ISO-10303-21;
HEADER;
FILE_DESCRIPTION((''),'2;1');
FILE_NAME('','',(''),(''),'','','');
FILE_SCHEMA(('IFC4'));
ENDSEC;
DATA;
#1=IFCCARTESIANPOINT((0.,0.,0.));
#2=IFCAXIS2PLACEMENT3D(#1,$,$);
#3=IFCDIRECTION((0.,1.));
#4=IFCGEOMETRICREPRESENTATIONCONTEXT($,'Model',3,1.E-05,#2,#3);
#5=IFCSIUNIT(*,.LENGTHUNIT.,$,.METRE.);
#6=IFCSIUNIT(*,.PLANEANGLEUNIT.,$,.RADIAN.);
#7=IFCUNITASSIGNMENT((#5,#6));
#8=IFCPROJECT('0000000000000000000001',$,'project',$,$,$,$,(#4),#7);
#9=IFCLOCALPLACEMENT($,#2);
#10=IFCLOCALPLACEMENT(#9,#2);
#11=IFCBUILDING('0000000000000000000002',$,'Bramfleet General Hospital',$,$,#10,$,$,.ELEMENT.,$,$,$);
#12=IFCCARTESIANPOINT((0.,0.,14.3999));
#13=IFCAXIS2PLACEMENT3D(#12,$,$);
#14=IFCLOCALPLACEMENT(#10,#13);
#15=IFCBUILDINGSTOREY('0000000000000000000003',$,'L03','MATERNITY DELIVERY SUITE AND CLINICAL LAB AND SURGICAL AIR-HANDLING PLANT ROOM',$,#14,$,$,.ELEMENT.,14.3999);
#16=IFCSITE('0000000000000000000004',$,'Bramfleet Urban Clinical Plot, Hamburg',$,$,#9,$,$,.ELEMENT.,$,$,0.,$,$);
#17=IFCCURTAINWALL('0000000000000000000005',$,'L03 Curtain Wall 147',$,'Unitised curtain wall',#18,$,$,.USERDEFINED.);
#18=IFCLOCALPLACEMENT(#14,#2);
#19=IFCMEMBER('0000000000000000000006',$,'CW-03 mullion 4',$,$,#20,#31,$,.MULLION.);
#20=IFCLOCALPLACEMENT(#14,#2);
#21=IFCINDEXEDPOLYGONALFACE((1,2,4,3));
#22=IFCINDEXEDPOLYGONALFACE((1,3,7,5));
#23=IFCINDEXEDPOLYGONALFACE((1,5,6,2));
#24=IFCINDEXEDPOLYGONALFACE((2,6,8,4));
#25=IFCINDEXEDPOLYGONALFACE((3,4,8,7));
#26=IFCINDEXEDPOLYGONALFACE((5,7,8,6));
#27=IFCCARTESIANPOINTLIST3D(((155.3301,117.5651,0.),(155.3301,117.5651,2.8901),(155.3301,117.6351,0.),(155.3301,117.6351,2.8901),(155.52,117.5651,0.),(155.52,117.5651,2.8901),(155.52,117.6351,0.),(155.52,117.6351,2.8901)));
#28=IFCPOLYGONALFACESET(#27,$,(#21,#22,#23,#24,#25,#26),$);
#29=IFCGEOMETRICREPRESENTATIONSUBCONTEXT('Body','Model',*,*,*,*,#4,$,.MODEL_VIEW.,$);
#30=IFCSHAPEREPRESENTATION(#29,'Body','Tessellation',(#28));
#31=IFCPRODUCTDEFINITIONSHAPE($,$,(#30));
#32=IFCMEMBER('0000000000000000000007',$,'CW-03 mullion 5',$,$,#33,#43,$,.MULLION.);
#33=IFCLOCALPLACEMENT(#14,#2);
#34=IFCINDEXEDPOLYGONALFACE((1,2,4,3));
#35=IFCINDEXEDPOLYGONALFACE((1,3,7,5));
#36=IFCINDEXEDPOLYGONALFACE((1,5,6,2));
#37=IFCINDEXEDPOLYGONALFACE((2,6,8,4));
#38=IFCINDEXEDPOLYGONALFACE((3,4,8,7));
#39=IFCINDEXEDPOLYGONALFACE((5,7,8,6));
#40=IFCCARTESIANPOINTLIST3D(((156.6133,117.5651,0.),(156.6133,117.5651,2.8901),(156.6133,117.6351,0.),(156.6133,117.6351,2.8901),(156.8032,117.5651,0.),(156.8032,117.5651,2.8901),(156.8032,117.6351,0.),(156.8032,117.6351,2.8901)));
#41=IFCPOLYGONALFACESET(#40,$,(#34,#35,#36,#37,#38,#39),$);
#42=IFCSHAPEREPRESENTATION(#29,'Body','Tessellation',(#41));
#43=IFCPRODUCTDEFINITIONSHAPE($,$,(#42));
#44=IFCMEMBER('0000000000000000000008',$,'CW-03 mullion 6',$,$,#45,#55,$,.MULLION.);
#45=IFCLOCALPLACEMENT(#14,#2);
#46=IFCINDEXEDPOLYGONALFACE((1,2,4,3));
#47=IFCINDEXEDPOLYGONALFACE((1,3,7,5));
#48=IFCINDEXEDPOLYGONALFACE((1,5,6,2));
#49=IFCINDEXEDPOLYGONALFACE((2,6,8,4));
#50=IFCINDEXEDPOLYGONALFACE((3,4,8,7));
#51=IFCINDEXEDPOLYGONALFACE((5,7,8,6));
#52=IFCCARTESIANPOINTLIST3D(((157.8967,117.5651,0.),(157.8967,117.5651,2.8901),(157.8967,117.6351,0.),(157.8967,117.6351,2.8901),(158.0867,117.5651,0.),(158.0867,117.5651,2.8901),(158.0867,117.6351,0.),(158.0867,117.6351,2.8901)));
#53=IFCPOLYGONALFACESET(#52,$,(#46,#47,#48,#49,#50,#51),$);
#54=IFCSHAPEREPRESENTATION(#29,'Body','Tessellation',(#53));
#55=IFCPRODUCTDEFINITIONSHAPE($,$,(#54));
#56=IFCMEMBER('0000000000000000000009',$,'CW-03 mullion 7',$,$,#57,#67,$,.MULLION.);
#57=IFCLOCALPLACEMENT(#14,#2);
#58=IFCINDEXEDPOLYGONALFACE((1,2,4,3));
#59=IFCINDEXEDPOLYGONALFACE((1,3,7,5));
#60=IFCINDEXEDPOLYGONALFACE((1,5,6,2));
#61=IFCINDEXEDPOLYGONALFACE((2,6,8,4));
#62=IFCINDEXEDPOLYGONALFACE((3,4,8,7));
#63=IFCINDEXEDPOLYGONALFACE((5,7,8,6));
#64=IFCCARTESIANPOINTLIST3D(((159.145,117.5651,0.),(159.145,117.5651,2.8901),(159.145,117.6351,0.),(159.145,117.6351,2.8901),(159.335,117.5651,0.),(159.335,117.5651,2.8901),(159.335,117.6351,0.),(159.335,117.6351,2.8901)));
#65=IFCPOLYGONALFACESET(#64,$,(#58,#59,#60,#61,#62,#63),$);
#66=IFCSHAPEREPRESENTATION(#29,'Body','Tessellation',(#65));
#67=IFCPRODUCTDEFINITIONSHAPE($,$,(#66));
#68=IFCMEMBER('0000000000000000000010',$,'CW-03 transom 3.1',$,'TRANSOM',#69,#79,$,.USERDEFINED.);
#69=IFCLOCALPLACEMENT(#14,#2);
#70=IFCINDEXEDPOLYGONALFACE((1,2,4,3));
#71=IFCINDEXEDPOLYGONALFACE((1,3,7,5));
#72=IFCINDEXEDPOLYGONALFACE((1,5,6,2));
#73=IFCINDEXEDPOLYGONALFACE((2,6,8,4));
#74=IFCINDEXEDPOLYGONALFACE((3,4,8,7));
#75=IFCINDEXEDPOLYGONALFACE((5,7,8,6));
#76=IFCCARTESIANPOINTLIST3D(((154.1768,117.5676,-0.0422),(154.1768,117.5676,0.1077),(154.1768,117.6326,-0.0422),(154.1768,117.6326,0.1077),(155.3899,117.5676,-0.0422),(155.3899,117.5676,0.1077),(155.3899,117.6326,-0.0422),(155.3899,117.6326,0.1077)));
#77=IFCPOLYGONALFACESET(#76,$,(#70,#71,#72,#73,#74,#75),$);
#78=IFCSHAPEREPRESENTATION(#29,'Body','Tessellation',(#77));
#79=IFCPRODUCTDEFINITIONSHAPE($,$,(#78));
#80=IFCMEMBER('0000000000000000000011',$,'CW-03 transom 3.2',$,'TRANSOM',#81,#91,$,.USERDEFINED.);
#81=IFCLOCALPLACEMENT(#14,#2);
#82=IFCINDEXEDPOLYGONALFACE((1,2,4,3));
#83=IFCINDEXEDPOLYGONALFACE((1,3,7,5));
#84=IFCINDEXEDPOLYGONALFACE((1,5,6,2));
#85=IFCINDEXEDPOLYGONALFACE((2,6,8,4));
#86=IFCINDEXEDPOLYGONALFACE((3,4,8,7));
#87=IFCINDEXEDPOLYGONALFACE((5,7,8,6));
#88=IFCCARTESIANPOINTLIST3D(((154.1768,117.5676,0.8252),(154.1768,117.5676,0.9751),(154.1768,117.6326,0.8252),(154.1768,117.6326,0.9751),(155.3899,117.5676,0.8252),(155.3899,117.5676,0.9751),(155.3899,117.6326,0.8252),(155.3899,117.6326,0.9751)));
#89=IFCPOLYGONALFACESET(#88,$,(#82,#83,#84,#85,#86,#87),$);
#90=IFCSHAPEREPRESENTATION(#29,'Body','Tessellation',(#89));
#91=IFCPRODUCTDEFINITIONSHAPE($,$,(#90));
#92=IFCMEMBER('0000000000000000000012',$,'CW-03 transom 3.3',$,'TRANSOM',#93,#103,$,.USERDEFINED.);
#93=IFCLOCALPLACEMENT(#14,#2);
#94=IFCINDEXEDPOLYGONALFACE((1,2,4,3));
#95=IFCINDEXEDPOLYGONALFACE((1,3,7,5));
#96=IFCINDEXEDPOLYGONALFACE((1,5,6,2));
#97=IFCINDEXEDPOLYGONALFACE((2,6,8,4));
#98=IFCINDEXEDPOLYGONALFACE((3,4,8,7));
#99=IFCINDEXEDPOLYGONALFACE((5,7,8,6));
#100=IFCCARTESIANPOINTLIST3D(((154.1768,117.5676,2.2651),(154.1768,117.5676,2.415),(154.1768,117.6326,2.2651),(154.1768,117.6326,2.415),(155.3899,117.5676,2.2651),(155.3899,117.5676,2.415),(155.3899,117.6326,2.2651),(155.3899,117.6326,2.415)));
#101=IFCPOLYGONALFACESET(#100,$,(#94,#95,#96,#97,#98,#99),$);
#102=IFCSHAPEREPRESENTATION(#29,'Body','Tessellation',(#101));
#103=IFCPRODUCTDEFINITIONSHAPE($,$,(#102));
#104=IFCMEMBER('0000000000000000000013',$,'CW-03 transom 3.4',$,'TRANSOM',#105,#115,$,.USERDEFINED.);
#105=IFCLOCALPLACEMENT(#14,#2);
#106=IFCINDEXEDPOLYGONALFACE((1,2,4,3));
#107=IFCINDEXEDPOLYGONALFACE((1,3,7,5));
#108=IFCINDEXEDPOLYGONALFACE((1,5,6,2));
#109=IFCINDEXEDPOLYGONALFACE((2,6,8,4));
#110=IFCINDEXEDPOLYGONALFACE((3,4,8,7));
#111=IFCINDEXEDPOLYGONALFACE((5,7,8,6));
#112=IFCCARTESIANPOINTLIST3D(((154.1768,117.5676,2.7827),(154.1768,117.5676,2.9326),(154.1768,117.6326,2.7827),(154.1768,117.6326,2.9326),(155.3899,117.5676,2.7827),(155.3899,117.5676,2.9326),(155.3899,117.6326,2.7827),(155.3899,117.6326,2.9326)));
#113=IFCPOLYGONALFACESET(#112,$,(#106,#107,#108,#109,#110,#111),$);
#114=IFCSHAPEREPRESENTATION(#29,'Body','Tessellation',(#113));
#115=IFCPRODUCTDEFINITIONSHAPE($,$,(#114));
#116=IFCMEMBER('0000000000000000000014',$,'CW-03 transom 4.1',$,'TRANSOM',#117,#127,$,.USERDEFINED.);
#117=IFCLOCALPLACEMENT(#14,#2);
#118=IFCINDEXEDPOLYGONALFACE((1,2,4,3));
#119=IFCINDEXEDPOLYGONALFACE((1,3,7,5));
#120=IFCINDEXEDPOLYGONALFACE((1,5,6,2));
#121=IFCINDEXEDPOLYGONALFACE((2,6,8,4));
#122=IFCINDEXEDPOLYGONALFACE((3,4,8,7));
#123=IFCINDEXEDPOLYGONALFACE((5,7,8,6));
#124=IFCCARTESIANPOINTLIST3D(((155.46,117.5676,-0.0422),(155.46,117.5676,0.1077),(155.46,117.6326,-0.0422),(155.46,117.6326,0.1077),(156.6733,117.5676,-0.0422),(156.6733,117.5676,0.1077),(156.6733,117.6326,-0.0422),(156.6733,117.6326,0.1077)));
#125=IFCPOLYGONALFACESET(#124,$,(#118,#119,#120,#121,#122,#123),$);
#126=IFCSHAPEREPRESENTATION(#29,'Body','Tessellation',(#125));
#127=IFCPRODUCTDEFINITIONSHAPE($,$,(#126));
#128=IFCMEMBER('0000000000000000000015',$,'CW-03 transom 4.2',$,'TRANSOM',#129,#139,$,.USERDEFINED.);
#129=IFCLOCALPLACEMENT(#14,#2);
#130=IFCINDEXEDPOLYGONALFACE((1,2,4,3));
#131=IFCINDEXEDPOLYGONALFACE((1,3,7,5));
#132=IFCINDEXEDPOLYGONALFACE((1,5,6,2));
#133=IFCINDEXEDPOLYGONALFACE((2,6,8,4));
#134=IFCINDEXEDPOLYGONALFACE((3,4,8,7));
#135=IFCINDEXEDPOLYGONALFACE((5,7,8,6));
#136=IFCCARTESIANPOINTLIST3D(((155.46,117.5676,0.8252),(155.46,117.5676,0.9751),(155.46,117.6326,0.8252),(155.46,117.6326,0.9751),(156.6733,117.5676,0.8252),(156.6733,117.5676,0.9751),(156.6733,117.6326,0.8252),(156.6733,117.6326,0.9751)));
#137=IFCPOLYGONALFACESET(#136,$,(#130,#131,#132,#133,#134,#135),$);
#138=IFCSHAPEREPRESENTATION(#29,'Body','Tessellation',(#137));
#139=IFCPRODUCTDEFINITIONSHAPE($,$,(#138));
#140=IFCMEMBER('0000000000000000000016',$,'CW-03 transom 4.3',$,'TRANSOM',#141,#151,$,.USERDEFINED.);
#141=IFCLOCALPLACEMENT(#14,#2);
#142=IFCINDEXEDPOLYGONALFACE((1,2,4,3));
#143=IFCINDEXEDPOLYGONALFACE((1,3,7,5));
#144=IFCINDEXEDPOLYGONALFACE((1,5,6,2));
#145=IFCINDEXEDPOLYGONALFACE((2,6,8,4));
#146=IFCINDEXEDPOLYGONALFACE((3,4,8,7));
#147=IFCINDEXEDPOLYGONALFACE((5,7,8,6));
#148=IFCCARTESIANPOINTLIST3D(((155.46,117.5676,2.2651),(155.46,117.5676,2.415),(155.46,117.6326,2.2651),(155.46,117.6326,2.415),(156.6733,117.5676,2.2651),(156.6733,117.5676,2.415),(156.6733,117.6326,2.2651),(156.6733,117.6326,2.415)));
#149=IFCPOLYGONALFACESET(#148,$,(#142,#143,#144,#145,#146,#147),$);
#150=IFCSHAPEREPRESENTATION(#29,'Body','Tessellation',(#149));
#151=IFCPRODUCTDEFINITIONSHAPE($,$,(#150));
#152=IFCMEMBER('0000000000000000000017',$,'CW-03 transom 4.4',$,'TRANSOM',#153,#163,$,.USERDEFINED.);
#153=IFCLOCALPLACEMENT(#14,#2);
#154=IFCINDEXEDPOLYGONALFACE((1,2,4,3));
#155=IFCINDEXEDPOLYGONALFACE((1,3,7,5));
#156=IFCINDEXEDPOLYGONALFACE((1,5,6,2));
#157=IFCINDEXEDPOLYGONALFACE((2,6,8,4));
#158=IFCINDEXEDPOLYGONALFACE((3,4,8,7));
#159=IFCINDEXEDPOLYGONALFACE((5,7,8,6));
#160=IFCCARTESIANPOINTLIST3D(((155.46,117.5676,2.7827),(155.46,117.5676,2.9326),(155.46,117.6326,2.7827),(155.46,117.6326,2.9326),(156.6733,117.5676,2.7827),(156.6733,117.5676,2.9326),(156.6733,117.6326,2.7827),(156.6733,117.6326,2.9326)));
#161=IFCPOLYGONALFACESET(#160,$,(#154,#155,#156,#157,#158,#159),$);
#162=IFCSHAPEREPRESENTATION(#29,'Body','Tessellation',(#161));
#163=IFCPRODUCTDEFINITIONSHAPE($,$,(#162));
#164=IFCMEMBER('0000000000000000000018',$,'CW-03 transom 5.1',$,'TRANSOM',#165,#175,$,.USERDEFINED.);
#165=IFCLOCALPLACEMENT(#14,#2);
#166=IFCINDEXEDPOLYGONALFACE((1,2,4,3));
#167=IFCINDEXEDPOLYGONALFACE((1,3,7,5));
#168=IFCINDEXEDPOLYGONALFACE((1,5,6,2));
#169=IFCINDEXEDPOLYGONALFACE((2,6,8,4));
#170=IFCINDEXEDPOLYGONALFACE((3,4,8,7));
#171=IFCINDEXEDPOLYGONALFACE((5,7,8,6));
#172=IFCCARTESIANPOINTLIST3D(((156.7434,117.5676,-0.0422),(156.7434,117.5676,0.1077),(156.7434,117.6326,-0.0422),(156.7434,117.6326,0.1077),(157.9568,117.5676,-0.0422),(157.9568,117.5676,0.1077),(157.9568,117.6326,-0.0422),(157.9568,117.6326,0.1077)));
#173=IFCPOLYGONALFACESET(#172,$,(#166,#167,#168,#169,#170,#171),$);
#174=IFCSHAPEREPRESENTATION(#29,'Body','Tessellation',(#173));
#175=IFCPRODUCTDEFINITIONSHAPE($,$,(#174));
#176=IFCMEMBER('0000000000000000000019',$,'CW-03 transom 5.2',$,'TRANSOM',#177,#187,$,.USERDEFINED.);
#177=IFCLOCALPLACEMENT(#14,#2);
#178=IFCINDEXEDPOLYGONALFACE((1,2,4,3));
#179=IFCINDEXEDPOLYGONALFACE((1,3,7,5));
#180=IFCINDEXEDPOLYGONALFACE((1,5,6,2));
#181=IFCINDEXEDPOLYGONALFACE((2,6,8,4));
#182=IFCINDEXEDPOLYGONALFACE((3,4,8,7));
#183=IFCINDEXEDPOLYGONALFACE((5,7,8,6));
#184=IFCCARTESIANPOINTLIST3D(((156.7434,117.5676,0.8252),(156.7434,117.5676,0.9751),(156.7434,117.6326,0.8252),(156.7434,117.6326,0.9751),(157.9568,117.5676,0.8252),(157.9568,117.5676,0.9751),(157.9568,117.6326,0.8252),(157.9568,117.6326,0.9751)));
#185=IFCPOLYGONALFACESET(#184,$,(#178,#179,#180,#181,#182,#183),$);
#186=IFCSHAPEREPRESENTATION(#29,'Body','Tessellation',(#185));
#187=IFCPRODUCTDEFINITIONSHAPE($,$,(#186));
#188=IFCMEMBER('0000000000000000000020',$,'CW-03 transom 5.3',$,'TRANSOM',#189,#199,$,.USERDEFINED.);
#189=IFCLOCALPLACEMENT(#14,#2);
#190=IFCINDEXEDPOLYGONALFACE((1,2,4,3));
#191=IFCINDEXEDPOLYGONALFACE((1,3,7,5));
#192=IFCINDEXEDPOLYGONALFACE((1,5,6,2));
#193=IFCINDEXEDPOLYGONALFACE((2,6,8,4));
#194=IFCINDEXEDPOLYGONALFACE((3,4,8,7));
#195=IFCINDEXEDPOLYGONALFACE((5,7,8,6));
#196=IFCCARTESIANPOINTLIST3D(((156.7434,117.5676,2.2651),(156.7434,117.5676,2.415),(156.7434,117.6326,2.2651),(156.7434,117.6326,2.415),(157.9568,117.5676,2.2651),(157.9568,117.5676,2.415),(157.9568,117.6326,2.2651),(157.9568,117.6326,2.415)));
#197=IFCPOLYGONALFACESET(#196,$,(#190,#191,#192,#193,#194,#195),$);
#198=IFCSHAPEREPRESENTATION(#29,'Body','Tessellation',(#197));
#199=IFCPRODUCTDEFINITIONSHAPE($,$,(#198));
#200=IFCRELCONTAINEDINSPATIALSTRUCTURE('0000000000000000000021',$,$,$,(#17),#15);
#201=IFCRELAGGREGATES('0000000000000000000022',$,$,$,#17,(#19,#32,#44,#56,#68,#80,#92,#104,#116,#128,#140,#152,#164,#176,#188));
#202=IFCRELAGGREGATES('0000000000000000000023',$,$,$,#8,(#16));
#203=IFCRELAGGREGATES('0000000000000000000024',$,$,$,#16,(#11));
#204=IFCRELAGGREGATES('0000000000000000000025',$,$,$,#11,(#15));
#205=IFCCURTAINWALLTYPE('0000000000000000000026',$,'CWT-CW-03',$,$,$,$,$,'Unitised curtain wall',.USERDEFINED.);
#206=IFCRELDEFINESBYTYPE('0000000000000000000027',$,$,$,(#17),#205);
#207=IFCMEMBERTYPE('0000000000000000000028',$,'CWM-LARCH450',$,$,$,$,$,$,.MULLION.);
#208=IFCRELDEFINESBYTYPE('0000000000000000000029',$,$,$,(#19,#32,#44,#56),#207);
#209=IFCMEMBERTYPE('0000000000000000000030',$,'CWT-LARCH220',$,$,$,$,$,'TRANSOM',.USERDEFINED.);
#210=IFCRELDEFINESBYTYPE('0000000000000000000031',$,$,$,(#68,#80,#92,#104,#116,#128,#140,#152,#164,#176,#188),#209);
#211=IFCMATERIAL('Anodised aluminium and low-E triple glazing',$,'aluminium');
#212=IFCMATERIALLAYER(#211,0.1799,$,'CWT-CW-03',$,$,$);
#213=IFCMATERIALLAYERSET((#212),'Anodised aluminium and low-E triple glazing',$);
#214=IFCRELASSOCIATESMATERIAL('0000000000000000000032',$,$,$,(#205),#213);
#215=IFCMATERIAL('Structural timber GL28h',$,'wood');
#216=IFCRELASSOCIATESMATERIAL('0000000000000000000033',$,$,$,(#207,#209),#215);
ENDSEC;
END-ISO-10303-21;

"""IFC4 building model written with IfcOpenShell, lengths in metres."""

from ifc_helpers import new_model, si_unit, direction, frame, origin, origin_2d, place, context, subcontext, project, spatial, rectangle, extrude, material, layer, layer_set, material_profile, profile_set, type_object, element, aggregate, save


model = new_model("IFC4")

# Units and contexts
model_context = context("Model", 3, precision=1e-05, world=origin(), true_north=direction((0.0, 1.0)))
body_context = subcontext(model_context, "Body", "Model", "MODEL_VIEW")
ifc_project = project(units=[si_unit("LENGTHUNIT", "METRE"), si_unit("PLANEANGLEUNIT", "RADIAN")], contexts=[model_context])

# Site, building, storey
site_placement = place(None, origin())
site = spatial("IfcSite", under=ifc_project, at=site_placement, Name="Bramfleet Urban Clinical Plot, Hamburg", CompositionType="ELEMENT", RefElevation=0.0)
building_placement = place(site_placement, origin())
building = spatial("IfcBuilding", under=site, at=building_placement, Name="Bramfleet General Hospital", CompositionType="ELEMENT")
storey_placement = place(building_placement, frame((0.0, 0.0, 14.3999)))
storey = spatial("IfcBuildingStorey", under=building, at=storey_placement, Name="L03", Description="MATERNITY DELIVERY SUITE AND CLINICAL LAB AND SURGICAL AIR-HANDLING PLANT ROOM", CompositionType="ELEMENT", Elevation=14.3999)

# Curtain wall, members
ifc_material_1 = material(Name="Anodised aluminium and low-E triple glazing", Category="aluminium")
ifc_layer_1 = layer(ifc_material_1, 0.1799, Name="CWT-CW-03")
ifc_layer_set_1 = layer_set([ifc_layer_1], Name="Anodised aluminium and low-E triple glazing")
curtain_wall_type = type_object("IfcCurtainWallType", Name="CWT-CW-03", ElementType="Unitised curtain wall", PredefinedType="USERDEFINED", material=ifc_layer_set_1)
curtain_wall_placement = place(storey_placement, origin())
curtain_wall = element("IfcCurtainWall", 1, at=curtain_wall_placement, inside=storey, type_object=curtain_wall_type, Name="L03 Curtain Wall 147", ObjectType="Unitised curtain wall", PredefinedType="USERDEFINED")
ifc_material_2 = material(Name="Structural timber GL28h", Category="wood")
ifc_material_profile_1 = material_profile(ifc_material_2, rectangle(XDim=0.0701, YDim=0.1899, at=origin_2d()), Name="LARCH 190x70")
ifc_profile_set_1 = profile_set([ifc_material_profile_1], Name="Structural timber GL28h")
member_type_1 = type_object("IfcMemberType", Name="CWM-LARCH450", PredefinedType="MULLION", material=ifc_profile_set_1)
member_1_placement = place(storey_placement, frame((155.425, 117.6001, 0.0), z_axis=(0.0, 0.0, 1.0), x_axis=(0.0, 1.0, 0.0)))
member_1 = element("IfcMember", 2, at=member_1_placement, type_object=member_type_1, Name="CW-03 mullion 4", PredefinedType="MULLION", context=body_context, shape_type="SweptSolid", body=[
    extrude(rectangle(XDim=0.0701, YDim=0.1899, at=origin_2d()), origin(), (0.0, 0.0, 1.0), 2.8901),
])
member_2_placement = place(storey_placement, frame((156.7083, 117.6001, 0.0), z_axis=(0.0, 0.0, 1.0), x_axis=(0.0, 1.0, 0.0)))
member_2 = element("IfcMember", 3, at=member_2_placement, type_object=member_type_1, Name="CW-03 mullion 5", PredefinedType="MULLION", context=body_context, shape_type="SweptSolid", body=[
    extrude(rectangle(XDim=0.0701, YDim=0.1899, at=origin_2d()), origin(), (0.0, 0.0, 1.0), 2.8901),
])
member_3_placement = place(storey_placement, frame((157.9917, 117.6001, 0.0), z_axis=(0.0, 0.0, 1.0), x_axis=(0.0, 1.0, 0.0)))
member_3 = element("IfcMember", 4, at=member_3_placement, type_object=member_type_1, Name="CW-03 mullion 6", PredefinedType="MULLION", context=body_context, shape_type="SweptSolid", body=[
    extrude(rectangle(XDim=0.0701, YDim=0.1899, at=origin_2d()), origin(), (0.0, 0.0, 1.0), 2.8901),
])
member_4_placement = place(storey_placement, frame((159.24, 117.6001, 0.0), z_axis=(0.0, 0.0, 1.0), x_axis=(0.0, 1.0, 0.0)))
member_4 = element("IfcMember", 5, at=member_4_placement, type_object=member_type_1, Name="CW-03 mullion 7", PredefinedType="MULLION", context=body_context, shape_type="SweptSolid", body=[
    extrude(rectangle(XDim=0.0701, YDim=0.1899, at=origin_2d()), origin(), (0.0, 0.0, 1.0), 2.8901),
])
ifc_material_profile_2 = material_profile(ifc_material_2, rectangle(XDim=0.0649, YDim=0.1499, at=origin_2d()), Name="LARCH 150x65")
ifc_profile_set_2 = profile_set([ifc_material_profile_2], Name="Structural timber GL28h")
member_type_2 = type_object("IfcMemberType", Name="CWT-LARCH220", ElementType="TRANSOM", PredefinedType="USERDEFINED", material=ifc_profile_set_2)
member_5_placement = place(storey_placement, frame((154.1768, 117.6001, 0.0327), z_axis=(1.0, 0.0, 0.0), x_axis=(0.0, 1.0, 0.0)))
member_5 = element("IfcMember", 6, at=member_5_placement, type_object=member_type_2, Name="CW-03 transom 3.1", ObjectType="TRANSOM", PredefinedType="USERDEFINED", context=body_context, shape_type="SweptSolid", body=[
    extrude(rectangle(XDim=0.0649, YDim=0.1499, at=origin_2d()), origin(), (0.0, 0.0, 1.0), 1.2131),
])
member_6_placement = place(storey_placement, frame((154.1768, 117.6001, 0.9001), z_axis=(1.0, 0.0, 0.0), x_axis=(0.0, 1.0, 0.0)))
member_6 = element("IfcMember", 7, at=member_6_placement, type_object=member_type_2, Name="CW-03 transom 3.2", ObjectType="TRANSOM", PredefinedType="USERDEFINED", context=body_context, shape_type="SweptSolid", body=[
    extrude(rectangle(XDim=0.0649, YDim=0.1499, at=origin_2d()), origin(), (0.0, 0.0, 1.0), 1.2131),
])
member_7_placement = place(storey_placement, frame((154.1768, 117.6001, 2.3401), z_axis=(1.0, 0.0, 0.0), x_axis=(0.0, 1.0, 0.0)))
member_7 = element("IfcMember", 8, at=member_7_placement, type_object=member_type_2, Name="CW-03 transom 3.3", ObjectType="TRANSOM", PredefinedType="USERDEFINED", context=body_context, shape_type="SweptSolid", body=[
    extrude(rectangle(XDim=0.0649, YDim=0.1499, at=origin_2d()), origin(), (0.0, 0.0, 1.0), 1.2131),
])
member_8_placement = place(storey_placement, frame((154.1768, 117.6001, 2.8577), z_axis=(1.0, 0.0, 0.0), x_axis=(0.0, 1.0, 0.0)))
member_8 = element("IfcMember", 9, at=member_8_placement, type_object=member_type_2, Name="CW-03 transom 3.4", ObjectType="TRANSOM", PredefinedType="USERDEFINED", context=body_context, shape_type="SweptSolid", body=[
    extrude(rectangle(XDim=0.0649, YDim=0.1499, at=origin_2d()), origin(), (0.0, 0.0, 1.0), 1.2131),
])
member_9_placement = place(storey_placement, frame((155.46, 117.6001, 0.0327), z_axis=(1.0, 0.0, 0.0), x_axis=(0.0, 1.0, 0.0)))
member_9 = element("IfcMember", 10, at=member_9_placement, type_object=member_type_2, Name="CW-03 transom 4.1", ObjectType="TRANSOM", PredefinedType="USERDEFINED", context=body_context, shape_type="SweptSolid", body=[
    extrude(rectangle(XDim=0.0649, YDim=0.1499, at=origin_2d()), origin(), (0.0, 0.0, 1.0), 1.2134),
])
member_10_placement = place(storey_placement, frame((155.46, 117.6001, 0.9001), z_axis=(1.0, 0.0, 0.0), x_axis=(0.0, 1.0, 0.0)))
member_10 = element("IfcMember", 11, at=member_10_placement, type_object=member_type_2, Name="CW-03 transom 4.2", ObjectType="TRANSOM", PredefinedType="USERDEFINED", context=body_context, shape_type="SweptSolid", body=[
    extrude(rectangle(XDim=0.0649, YDim=0.1499, at=origin_2d()), origin(), (0.0, 0.0, 1.0), 1.2134),
])
member_11_placement = place(storey_placement, frame((155.46, 117.6001, 2.3401), z_axis=(1.0, 0.0, 0.0), x_axis=(0.0, 1.0, 0.0)))
member_11 = element("IfcMember", 12, at=member_11_placement, type_object=member_type_2, Name="CW-03 transom 4.3", ObjectType="TRANSOM", PredefinedType="USERDEFINED", context=body_context, shape_type="SweptSolid", body=[
    extrude(rectangle(XDim=0.0649, YDim=0.1499, at=origin_2d()), origin(), (0.0, 0.0, 1.0), 1.2134),
])
member_12_placement = place(storey_placement, frame((155.46, 117.6001, 2.8577), z_axis=(1.0, 0.0, 0.0), x_axis=(0.0, 1.0, 0.0)))
member_12 = element("IfcMember", 13, at=member_12_placement, type_object=member_type_2, Name="CW-03 transom 4.4", ObjectType="TRANSOM", PredefinedType="USERDEFINED", context=body_context, shape_type="SweptSolid", body=[
    extrude(rectangle(XDim=0.0649, YDim=0.1499, at=origin_2d()), origin(), (0.0, 0.0, 1.0), 1.2134),
])
member_13_placement = place(storey_placement, frame((156.7434, 117.6001, 0.0327), z_axis=(1.0, 0.0, 0.0), x_axis=(0.0, 1.0, 0.0)))
member_13 = element("IfcMember", 14, at=member_13_placement, type_object=member_type_2, Name="CW-03 transom 5.1", ObjectType="TRANSOM", PredefinedType="USERDEFINED", context=body_context, shape_type="SweptSolid", body=[
    extrude(rectangle(XDim=0.0649, YDim=0.1499, at=origin_2d()), origin(), (0.0, 0.0, 1.0), 1.2134),
])
member_14_placement = place(storey_placement, frame((156.7434, 117.6001, 0.9001), z_axis=(1.0, 0.0, 0.0), x_axis=(0.0, 1.0, 0.0)))
member_14 = element("IfcMember", 15, at=member_14_placement, type_object=member_type_2, Name="CW-03 transom 5.2", ObjectType="TRANSOM", PredefinedType="USERDEFINED", context=body_context, shape_type="SweptSolid", body=[
    extrude(rectangle(XDim=0.0649, YDim=0.1499, at=origin_2d()), origin(), (0.0, 0.0, 1.0), 1.2134),
])
member_15_placement = place(storey_placement, frame((156.7434, 117.6001, 2.3401), z_axis=(1.0, 0.0, 0.0), x_axis=(0.0, 1.0, 0.0)))
member_15 = element("IfcMember", 16, at=member_15_placement, type_object=member_type_2, Name="CW-03 transom 5.3", ObjectType="TRANSOM", PredefinedType="USERDEFINED", context=body_context, shape_type="SweptSolid", body=[
    extrude(rectangle(XDim=0.0649, YDim=0.1499, at=origin_2d()), origin(), (0.0, 0.0, 1.0), 1.2134),
])
aggregate(curtain_wall, [member_1, member_2, member_3, member_4, member_5, member_6, member_7, member_8, member_9, member_10, member_11, member_12, member_13, member_14, member_15])

save(model, "model.ifc")
